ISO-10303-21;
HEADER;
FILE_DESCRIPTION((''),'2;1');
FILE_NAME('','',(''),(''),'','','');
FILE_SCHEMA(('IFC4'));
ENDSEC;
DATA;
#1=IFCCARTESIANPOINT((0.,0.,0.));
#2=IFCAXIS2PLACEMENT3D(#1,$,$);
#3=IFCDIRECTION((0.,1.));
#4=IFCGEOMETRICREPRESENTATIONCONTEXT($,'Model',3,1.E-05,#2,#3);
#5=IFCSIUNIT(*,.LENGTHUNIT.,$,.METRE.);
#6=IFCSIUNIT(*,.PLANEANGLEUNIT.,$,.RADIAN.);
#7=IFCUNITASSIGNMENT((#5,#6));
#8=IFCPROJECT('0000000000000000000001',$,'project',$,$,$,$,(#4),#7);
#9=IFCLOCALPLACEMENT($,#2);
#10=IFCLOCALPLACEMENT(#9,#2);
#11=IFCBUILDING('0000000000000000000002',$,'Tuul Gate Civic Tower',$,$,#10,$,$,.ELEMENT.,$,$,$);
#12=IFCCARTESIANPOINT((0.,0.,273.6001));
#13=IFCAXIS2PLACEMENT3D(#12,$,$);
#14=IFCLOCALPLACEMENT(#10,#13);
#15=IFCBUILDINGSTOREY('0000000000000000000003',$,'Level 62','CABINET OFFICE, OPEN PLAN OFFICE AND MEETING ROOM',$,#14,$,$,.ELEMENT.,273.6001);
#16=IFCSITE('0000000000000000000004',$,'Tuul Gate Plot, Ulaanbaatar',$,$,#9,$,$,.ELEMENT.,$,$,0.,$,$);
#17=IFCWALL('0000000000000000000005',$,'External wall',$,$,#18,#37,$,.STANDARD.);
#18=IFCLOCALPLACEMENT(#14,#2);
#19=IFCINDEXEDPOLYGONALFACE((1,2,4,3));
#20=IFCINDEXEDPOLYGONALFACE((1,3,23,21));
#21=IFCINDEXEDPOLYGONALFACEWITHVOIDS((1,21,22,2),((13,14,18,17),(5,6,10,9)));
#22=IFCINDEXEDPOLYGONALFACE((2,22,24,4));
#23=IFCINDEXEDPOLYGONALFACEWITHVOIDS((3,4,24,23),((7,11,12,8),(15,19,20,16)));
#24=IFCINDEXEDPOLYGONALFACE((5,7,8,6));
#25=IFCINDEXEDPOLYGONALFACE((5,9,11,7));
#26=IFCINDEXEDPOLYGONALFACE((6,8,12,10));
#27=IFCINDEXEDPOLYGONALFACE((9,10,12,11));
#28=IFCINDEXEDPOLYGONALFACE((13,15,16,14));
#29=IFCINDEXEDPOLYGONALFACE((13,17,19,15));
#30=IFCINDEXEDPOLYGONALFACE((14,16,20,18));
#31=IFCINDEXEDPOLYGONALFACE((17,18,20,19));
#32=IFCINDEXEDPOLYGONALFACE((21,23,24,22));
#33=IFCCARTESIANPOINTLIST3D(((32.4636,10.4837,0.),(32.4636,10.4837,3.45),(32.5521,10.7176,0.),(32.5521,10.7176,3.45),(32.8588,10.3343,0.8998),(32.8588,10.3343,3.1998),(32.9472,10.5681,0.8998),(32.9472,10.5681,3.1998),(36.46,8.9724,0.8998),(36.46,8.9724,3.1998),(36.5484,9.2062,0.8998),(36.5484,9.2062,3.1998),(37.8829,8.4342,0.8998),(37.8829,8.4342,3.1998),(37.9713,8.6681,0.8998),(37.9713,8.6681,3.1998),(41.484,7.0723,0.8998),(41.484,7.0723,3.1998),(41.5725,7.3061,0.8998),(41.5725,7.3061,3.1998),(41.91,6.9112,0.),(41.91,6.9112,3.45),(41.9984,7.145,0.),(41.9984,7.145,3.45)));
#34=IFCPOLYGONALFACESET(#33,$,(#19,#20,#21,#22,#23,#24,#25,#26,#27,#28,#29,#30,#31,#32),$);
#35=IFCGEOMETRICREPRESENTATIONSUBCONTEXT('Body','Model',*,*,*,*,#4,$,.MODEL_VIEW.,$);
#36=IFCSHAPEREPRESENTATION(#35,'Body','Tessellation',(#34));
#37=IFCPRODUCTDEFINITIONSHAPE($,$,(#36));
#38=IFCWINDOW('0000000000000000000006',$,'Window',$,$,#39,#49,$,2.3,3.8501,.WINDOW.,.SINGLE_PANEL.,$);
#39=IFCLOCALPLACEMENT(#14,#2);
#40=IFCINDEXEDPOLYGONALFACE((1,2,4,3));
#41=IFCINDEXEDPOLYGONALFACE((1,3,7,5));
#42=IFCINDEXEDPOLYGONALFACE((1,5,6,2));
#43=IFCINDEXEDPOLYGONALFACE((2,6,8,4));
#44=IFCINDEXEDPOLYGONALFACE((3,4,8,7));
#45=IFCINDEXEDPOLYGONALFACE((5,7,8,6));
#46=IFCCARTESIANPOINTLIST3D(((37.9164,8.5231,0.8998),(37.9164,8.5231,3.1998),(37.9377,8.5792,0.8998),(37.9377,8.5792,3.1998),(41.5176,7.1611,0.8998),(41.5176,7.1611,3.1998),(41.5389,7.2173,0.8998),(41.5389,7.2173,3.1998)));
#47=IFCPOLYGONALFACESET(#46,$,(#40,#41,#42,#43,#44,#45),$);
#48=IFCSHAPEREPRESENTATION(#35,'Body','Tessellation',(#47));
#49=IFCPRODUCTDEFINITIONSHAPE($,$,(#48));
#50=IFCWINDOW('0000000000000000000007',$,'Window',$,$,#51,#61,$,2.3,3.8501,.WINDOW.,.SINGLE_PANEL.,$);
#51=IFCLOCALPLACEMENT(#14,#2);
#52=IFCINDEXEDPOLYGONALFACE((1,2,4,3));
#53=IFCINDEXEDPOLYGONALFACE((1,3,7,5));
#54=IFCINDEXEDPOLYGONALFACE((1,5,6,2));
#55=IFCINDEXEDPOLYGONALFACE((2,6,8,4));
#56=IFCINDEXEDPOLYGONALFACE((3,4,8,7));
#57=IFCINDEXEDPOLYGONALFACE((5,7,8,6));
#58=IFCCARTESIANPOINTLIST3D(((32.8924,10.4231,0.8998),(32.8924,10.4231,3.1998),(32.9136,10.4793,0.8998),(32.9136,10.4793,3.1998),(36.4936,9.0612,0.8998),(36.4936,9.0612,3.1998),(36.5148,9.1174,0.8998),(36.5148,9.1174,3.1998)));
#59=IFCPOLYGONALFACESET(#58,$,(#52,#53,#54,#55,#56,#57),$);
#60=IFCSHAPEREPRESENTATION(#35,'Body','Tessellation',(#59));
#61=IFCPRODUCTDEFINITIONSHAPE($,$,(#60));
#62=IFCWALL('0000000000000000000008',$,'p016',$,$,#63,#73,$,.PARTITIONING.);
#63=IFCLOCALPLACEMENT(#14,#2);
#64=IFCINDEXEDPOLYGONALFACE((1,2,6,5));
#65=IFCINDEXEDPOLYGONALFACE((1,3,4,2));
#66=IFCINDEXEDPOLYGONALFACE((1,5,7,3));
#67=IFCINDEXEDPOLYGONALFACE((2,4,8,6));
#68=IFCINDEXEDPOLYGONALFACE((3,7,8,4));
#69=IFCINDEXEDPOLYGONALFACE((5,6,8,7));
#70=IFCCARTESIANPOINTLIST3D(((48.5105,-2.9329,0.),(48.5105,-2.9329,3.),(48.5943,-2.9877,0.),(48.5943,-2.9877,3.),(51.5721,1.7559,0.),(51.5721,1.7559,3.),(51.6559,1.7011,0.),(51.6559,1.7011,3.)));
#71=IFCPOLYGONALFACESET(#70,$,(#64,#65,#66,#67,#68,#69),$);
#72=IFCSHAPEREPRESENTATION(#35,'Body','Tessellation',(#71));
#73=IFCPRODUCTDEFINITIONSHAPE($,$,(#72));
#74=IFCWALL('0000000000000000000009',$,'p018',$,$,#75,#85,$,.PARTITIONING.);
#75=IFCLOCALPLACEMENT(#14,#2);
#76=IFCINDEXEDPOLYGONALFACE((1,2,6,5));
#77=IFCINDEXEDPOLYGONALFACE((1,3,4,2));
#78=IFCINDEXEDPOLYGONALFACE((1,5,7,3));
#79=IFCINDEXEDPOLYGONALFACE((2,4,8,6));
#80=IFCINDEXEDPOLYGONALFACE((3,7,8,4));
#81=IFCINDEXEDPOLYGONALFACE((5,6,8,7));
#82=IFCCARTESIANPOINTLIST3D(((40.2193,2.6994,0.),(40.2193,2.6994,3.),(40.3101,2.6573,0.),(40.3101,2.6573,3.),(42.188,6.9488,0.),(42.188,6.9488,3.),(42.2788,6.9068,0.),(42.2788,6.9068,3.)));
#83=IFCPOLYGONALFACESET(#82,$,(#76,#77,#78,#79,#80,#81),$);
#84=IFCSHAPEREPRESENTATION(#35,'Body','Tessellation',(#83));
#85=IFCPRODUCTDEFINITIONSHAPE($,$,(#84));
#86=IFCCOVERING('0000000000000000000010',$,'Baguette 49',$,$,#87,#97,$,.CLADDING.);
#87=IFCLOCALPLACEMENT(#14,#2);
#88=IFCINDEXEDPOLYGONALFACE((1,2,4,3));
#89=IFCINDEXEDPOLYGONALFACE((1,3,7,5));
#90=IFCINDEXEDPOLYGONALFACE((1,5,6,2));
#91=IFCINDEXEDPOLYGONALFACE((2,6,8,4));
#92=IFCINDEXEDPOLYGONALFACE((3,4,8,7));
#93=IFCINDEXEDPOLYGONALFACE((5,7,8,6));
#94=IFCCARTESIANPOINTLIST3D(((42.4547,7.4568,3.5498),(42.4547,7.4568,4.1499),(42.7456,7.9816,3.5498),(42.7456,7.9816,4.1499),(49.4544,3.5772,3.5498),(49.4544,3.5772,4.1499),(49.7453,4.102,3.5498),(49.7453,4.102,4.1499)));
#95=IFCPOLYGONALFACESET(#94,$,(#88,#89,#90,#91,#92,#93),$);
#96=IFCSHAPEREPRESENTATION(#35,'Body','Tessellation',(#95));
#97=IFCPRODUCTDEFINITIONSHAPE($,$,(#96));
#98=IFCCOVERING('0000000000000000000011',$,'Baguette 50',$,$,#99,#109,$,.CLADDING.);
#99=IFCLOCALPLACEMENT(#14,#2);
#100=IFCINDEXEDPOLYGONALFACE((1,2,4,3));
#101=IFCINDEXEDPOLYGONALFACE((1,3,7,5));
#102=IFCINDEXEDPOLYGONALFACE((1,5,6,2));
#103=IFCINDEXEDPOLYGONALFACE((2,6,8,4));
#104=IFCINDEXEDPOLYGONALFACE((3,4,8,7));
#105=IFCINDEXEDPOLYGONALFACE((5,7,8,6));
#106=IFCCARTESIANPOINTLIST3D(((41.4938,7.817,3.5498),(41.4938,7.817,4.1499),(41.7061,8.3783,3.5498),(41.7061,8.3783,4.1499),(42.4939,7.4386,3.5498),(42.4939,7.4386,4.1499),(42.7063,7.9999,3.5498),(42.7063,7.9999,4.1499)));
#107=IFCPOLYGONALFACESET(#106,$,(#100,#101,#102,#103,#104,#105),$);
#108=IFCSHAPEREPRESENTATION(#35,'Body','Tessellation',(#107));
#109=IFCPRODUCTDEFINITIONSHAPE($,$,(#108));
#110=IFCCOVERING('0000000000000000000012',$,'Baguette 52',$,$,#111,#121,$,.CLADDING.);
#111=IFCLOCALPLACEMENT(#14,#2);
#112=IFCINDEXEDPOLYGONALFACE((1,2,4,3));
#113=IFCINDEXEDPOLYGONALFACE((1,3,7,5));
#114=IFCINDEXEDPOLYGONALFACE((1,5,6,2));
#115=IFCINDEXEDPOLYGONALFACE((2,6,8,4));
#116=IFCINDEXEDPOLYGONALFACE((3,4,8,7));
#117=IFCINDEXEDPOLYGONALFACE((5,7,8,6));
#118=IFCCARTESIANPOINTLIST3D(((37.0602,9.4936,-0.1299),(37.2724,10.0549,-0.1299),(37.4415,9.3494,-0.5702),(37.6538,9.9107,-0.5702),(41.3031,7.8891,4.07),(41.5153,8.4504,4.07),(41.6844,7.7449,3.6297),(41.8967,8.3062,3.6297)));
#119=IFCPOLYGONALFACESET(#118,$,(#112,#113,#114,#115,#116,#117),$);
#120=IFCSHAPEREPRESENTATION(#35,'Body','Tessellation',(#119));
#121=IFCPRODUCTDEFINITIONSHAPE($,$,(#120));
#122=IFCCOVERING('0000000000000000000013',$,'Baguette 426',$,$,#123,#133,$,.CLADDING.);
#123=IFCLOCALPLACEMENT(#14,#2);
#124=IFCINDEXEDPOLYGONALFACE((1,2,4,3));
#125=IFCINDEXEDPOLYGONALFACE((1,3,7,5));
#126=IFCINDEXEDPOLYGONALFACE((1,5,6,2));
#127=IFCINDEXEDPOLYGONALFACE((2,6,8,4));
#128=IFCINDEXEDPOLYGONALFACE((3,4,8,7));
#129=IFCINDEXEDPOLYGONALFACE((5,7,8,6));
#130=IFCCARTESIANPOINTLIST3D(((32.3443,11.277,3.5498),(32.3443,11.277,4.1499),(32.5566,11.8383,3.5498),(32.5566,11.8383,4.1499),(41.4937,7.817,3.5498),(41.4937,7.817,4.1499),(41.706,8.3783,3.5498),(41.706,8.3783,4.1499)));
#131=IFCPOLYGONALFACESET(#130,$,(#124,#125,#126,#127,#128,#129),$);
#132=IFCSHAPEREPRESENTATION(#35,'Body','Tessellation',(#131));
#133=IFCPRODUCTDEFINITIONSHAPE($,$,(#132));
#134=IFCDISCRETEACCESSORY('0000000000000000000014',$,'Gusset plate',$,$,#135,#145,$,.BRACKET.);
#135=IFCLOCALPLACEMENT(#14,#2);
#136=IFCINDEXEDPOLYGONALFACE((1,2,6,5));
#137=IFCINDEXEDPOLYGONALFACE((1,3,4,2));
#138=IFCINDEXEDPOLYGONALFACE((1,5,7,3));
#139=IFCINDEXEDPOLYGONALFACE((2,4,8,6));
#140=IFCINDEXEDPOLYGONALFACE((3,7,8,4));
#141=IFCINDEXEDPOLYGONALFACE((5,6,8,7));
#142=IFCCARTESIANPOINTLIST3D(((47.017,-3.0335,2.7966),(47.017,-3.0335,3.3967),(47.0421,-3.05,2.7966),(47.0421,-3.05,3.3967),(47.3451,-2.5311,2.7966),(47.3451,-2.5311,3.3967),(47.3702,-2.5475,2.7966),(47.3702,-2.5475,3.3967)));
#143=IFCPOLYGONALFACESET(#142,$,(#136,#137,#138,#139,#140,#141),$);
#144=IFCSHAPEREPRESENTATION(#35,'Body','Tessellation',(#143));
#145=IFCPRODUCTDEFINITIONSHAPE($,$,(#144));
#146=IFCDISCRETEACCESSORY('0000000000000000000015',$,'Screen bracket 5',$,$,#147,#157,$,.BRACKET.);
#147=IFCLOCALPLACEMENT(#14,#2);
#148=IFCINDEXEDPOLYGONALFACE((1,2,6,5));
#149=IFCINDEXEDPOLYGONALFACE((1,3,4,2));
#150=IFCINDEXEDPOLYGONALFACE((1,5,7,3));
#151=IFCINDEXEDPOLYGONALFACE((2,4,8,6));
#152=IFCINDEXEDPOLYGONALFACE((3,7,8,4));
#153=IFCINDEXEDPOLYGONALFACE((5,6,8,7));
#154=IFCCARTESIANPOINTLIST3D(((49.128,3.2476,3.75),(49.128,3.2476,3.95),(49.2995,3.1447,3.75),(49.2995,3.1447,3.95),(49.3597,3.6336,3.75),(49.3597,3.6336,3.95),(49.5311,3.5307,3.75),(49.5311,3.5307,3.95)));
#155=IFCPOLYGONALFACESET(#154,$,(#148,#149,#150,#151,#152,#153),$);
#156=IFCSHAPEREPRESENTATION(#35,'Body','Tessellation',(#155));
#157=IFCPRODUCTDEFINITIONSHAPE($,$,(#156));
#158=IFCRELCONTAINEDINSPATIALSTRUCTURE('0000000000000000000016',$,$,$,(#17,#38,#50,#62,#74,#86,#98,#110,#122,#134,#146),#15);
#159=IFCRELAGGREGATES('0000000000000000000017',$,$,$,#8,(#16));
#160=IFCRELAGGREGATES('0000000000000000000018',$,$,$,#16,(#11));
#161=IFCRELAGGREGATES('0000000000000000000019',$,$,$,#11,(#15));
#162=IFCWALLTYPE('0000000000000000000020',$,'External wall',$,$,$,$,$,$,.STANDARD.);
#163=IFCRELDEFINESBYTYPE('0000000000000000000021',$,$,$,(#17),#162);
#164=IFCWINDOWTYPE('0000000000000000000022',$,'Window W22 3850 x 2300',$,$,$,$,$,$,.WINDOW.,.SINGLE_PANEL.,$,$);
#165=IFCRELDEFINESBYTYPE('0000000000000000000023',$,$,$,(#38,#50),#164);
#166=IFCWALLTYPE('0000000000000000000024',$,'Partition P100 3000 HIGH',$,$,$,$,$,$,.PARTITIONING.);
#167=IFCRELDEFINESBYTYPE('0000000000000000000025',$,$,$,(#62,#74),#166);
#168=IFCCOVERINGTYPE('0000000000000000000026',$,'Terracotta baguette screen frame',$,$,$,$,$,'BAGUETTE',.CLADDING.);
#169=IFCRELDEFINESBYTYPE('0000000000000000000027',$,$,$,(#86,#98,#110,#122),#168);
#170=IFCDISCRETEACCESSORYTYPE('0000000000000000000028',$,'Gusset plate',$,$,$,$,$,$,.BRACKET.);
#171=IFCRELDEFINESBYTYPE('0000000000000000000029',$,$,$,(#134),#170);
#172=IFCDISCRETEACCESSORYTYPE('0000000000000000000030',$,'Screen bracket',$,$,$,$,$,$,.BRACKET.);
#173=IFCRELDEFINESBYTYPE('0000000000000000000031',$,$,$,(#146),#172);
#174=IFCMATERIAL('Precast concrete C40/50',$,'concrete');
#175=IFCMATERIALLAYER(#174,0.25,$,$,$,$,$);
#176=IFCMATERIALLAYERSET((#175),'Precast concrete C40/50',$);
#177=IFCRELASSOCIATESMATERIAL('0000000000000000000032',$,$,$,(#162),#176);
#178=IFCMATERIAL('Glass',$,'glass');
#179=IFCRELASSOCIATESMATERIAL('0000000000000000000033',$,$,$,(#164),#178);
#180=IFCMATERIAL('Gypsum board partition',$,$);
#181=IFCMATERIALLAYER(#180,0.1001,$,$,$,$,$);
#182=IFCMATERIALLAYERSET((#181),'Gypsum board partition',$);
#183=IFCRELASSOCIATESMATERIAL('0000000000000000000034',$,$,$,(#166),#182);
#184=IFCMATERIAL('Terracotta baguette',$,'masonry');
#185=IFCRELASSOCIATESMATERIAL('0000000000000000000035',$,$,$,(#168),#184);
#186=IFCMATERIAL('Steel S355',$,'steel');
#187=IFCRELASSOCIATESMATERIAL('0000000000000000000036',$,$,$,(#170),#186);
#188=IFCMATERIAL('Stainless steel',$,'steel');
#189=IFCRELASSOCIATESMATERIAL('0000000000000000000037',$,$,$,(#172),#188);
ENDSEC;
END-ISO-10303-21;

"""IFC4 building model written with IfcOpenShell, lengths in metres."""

from ifc_helpers import new_model, si_unit, direction, frame, frame_2d, origin, origin_2d, place, context, subcontext, project, spatial, rectangle, extrude, material, layer, layer_set, material_profile, profile_set, type_object, element, fill, save


model = new_model("IFC4")

# Units and contexts
model_context = context("Model", 3, precision=1e-05, world=origin(), true_north=direction((0.0, 1.0)))
body_context = subcontext(model_context, "Body", "Model", "MODEL_VIEW")
ifc_project = project(units=[si_unit("LENGTHUNIT", "METRE"), si_unit("PLANEANGLEUNIT", "RADIAN")], contexts=[model_context])

# Site, building, storey
site_placement = place(None, origin())
site = spatial("IfcSite", under=ifc_project, at=site_placement, Name="Tuul Gate Plot, Ulaanbaatar", CompositionType="ELEMENT", RefElevation=0.0)
building_placement = place(site_placement, origin())
building = spatial("IfcBuilding", under=site, at=building_placement, Name="Tuul Gate Civic Tower", CompositionType="ELEMENT")
storey_placement = place(building_placement, frame((0.0, 0.0, 273.6001)))
storey = spatial("IfcBuildingStorey", under=building, at=storey_placement, Name="Level 62", Description="CABINET OFFICE, OPEN PLAN OFFICE AND MEETING ROOM", CompositionType="ELEMENT", Elevation=273.6001)

# Wall, openings, windows
ifc_material_1 = material(Name="Precast concrete C40/50", Category="concrete")
ifc_layer_1 = layer(ifc_material_1, 0.25)
ifc_layer_set_1 = layer_set([ifc_layer_1], Name="Precast concrete C40/50")
wall_type_1 = type_object("IfcWallType", Name="External wall", PredefinedType="STANDARD", material=ifc_layer_set_1)
wall_1_placement = place(storey_placement, frame((41.9543, 7.0281, 0.0), z_axis=(0.0, 0.0, 1.0), x_axis=(-0.935344, 0.353739, 0.0)))
wall_1 = element("IfcWall", 1, at=wall_1_placement, inside=storey, type_object=wall_type_1, Name="External wall", PredefinedType="STANDARD", context=body_context, shape_type="SweptSolid", body=[
    extrude(rectangle(XDim=10.0994, YDim=0.25, at=frame_2d((5.0498, 0.0))), origin(), (0.0, 0.0, 1.0), 3.45),
])
opening_1_placement = place(wall_1_placement, frame((0.4556, 0.0, 0.8999)))
opening_1 = element("IfcOpeningElement", 2, at=opening_1_placement, cuts=wall_1, PredefinedType="OPENING", context=body_context, shape_type="SweptSolid", body=[
    extrude(rectangle(XDim=3.8501, YDim=2.3, at=frame_2d((1.925, 1.1499))), frame((0.0, 0.135, 0.0), z_axis=(0.0, -1.0, 0.0), x_axis=(1.0, 0.0, 0.0)), (0.0, 0.0, 1.0), 0.27),
])
opening_2_placement = place(wall_1_placement, frame((5.8269, 0.0, 0.8999)))
opening_2 = element("IfcOpeningElement", 3, at=opening_2_placement, cuts=wall_1, PredefinedType="OPENING", context=body_context, shape_type="SweptSolid", body=[
    extrude(rectangle(XDim=3.8501, YDim=2.3, at=frame_2d((1.925, 1.1499))), frame((0.0, 0.135, 0.0), z_axis=(0.0, -1.0, 0.0), x_axis=(1.0, 0.0, 0.0)), (0.0, 0.0, 1.0), 0.27),
])
ifc_material_2 = material(Name="Glass", Category="glass")
window_type = type_object("IfcWindowType", Name="Window W22 3850 x 2300", PartitioningType="SINGLE_PANEL", PredefinedType="WINDOW", material=ifc_material_2)
window_1_placement = place(opening_1_placement, origin())
window_1 = element("IfcWindow", 4, at=window_1_placement, inside=storey, type_object=window_type, Name="Window", OverallHeight=2.3, OverallWidth=3.8501, PartitioningType="SINGLE_PANEL", PredefinedType="WINDOW", context=body_context, shape_type="SweptSolid", body=[
    extrude(rectangle(XDim=3.8501, YDim=2.3, at=frame_2d((1.925, 1.1499))), frame((0.0, 0.03, 0.0), z_axis=(0.0, -1.0, 0.0), x_axis=(1.0, 0.0, 0.0)), (0.0, 0.0, 1.0), 0.0601),
])
fill(opening_1, window_1)
window_2_placement = place(opening_2_placement, origin())
window_2 = element("IfcWindow", 5, at=window_2_placement, inside=storey, type_object=window_type, Name="Window", OverallHeight=2.3, OverallWidth=3.8501, PartitioningType="SINGLE_PANEL", PredefinedType="WINDOW", context=body_context, shape_type="SweptSolid", body=[
    extrude(rectangle(XDim=3.8501, YDim=2.3, at=frame_2d((1.925, 1.1499))), frame((0.0, 0.03, 0.0), z_axis=(0.0, -1.0, 0.0), x_axis=(1.0, 0.0, 0.0)), (0.0, 0.0, 1.0), 0.0601),
])
fill(opening_2, window_2)

# Walls
ifc_material_3 = material(Name="Gypsum board partition")
ifc_layer_2 = layer(ifc_material_3, 0.1001)
ifc_layer_set_2 = layer_set([ifc_layer_2], Name="Gypsum board partition")
wall_type_2 = type_object("IfcWallType", Name="Partition P100 3000 HIGH", PredefinedType="PARTITIONING", material=ifc_layer_set_2)
wall_2_placement = place(storey_placement, frame((48.5525, -2.9602, 0.0), z_axis=(0.0, 0.0, 1.0), x_axis=(0.546727, 0.837311, 0.0)))
element("IfcWall", 6, at=wall_2_placement, inside=storey, type_object=wall_type_2, Name="p016", PredefinedType="PARTITIONING", context=body_context, shape_type="SweptSolid", body=[
    extrude(rectangle(XDim=5.5999, YDim=0.1001, at=frame_2d((2.7998, 0.0))), origin(), (0.0, 0.0, 1.0), 3.0),
])
wall_3_placement = place(storey_placement, frame((40.2646, 2.6782, 0.0), z_axis=(0.0, 0.0, 1.0), x_axis=(0.420367, 0.907354, 0.0)))
element("IfcWall", 7, at=wall_3_placement, inside=storey, type_object=wall_type_2, Name="p018", PredefinedType="PARTITIONING", context=body_context, shape_type="SweptSolid", body=[
    extrude(rectangle(XDim=4.6833, YDim=0.1001, at=frame_2d((2.3418, 0.0))), origin(), (0.0, 0.0, 1.0), 3.0),
])

# Coverings
ifc_material_4 = material(Name="Terracotta baguette", Category="masonry")
ifc_material_profile_1 = material_profile(ifc_material_4, rectangle(XDim=0.6001, YDim=0.6001, at=origin_2d()), Name="Terracotta baguette screen frame")
ifc_profile_set_1 = profile_set([ifc_material_profile_1], Name="Terracotta baguette")
covering_type = type_object("IfcCoveringType", Name="Terracotta baguette screen frame", ElementType="BAGUETTE", PredefinedType="CLADDING", material=ifc_profile_set_1)
covering_1_placement = place(storey_placement, frame((49.5999, 3.8396, 3.8499), z_axis=(-0.87464, 0.484772, 0.0), x_axis=(-0.484772, -0.87464, 0.0)))
element("IfcCovering", 8, at=covering_1_placement, inside=storey, type_object=covering_type, Name="Baguette 49", PredefinedType="CLADDING", context=body_context, shape_type="SweptSolid", body=[
    extrude(rectangle(XDim=0.6001, YDim=0.6001, at=origin_2d()), origin(), (0.0, 0.0, 1.0), 8.0029),
])
covering_2_placement = place(storey_placement, frame((42.6001, 7.7192, 3.8499), z_axis=(-0.935303, 0.353849, 0.0), x_axis=(-0.353849, -0.935303, 0.0)))
element("IfcCovering", 9, at=covering_2_placement, inside=storey, type_object=covering_type, Name="Baguette 50", PredefinedType="CLADDING", context=body_context, shape_type="SweptSolid", body=[
    extrude(rectangle(XDim=0.6001, YDim=0.6001, at=origin_2d()), origin(), (0.0, 0.0, 1.0), 1.0693),
])
covering_3_placement = place(storey_placement, frame((41.5999, 8.0977, 3.8499), z_axis=(-0.686341, 0.259545, -0.679391), x_axis=(-0.353711, -0.935355, 0.0)))
element("IfcCovering", 10, at=covering_3_placement, inside=storey, type_object=covering_type, Name="Baguette 52", PredefinedType="CLADDING", context=body_context, shape_type="SweptSolid", body=[
    extrude(rectangle(XDim=0.6001, YDim=0.6001, at=origin_2d()), origin(), (0.0, 0.0, 1.0), 6.1819),
])
covering_4_placement = place(storey_placement, frame((41.5999, 8.0977, 3.8499), z_axis=(-0.935353, 0.353715, 0.0), x_axis=(-0.353715, -0.935353, 0.0)))
element("IfcCovering", 11, at=covering_4_placement, inside=storey, type_object=covering_type, Name="Baguette 426", PredefinedType="CLADDING", context=body_context, shape_type="SweptSolid", body=[
    extrude(rectangle(XDim=0.6001, YDim=0.6001, at=origin_2d()), origin(), (0.0, 0.0, 1.0), 9.7817),
])

# Discrete accessories
ifc_material_5 = material(Name="Steel S355", Category="steel")
discrete_accessory_type_1 = type_object("IfcDiscreteAccessoryType", Name="Gusset plate", PredefinedType="BRACKET", material=ifc_material_5)
discrete_accessory_1_placement = place(storey_placement, frame((47.1936, -2.7905, 2.7966), z_axis=(0.0, 0.0, 1.0), x_axis=(-0.546743, -0.8373, 0.0)))
element("IfcDiscreteAccessory", 12, at=discrete_accessory_1_placement, inside=storey, type_object=discrete_accessory_type_1, Name="Gusset plate", PredefinedType="BRACKET", context=body_context, shape_type="SweptSolid", body=[
    extrude(rectangle(XDim=0.6001, YDim=0.03, at=origin_2d()), origin(), (0.0, 0.0, 1.0), 0.6001),
])
ifc_material_6 = material(Name="Stainless steel", Category="steel")
discrete_accessory_type_2 = type_object("IfcDiscreteAccessoryType", Name="Screen bracket", PredefinedType="BRACKET", material=ifc_material_6)
discrete_accessory_2_placement = place(storey_placement, frame((49.3296, 3.3892, 3.75), z_axis=(0.0, 0.0, 1.0), x_axis=(0.514574, 0.857446, 0.0)))
element("IfcDiscreteAccessory", 13, at=discrete_accessory_2_placement, inside=storey, type_object=discrete_accessory_type_2, Name="Screen bracket 5", PredefinedType="BRACKET", context=body_context, shape_type="SweptSolid", body=[
    extrude(rectangle(XDim=0.4502, YDim=0.2, at=origin_2d()), origin(), (0.0, 0.0, 1.0), 0.2),
])

save(model, "model.ifc")
